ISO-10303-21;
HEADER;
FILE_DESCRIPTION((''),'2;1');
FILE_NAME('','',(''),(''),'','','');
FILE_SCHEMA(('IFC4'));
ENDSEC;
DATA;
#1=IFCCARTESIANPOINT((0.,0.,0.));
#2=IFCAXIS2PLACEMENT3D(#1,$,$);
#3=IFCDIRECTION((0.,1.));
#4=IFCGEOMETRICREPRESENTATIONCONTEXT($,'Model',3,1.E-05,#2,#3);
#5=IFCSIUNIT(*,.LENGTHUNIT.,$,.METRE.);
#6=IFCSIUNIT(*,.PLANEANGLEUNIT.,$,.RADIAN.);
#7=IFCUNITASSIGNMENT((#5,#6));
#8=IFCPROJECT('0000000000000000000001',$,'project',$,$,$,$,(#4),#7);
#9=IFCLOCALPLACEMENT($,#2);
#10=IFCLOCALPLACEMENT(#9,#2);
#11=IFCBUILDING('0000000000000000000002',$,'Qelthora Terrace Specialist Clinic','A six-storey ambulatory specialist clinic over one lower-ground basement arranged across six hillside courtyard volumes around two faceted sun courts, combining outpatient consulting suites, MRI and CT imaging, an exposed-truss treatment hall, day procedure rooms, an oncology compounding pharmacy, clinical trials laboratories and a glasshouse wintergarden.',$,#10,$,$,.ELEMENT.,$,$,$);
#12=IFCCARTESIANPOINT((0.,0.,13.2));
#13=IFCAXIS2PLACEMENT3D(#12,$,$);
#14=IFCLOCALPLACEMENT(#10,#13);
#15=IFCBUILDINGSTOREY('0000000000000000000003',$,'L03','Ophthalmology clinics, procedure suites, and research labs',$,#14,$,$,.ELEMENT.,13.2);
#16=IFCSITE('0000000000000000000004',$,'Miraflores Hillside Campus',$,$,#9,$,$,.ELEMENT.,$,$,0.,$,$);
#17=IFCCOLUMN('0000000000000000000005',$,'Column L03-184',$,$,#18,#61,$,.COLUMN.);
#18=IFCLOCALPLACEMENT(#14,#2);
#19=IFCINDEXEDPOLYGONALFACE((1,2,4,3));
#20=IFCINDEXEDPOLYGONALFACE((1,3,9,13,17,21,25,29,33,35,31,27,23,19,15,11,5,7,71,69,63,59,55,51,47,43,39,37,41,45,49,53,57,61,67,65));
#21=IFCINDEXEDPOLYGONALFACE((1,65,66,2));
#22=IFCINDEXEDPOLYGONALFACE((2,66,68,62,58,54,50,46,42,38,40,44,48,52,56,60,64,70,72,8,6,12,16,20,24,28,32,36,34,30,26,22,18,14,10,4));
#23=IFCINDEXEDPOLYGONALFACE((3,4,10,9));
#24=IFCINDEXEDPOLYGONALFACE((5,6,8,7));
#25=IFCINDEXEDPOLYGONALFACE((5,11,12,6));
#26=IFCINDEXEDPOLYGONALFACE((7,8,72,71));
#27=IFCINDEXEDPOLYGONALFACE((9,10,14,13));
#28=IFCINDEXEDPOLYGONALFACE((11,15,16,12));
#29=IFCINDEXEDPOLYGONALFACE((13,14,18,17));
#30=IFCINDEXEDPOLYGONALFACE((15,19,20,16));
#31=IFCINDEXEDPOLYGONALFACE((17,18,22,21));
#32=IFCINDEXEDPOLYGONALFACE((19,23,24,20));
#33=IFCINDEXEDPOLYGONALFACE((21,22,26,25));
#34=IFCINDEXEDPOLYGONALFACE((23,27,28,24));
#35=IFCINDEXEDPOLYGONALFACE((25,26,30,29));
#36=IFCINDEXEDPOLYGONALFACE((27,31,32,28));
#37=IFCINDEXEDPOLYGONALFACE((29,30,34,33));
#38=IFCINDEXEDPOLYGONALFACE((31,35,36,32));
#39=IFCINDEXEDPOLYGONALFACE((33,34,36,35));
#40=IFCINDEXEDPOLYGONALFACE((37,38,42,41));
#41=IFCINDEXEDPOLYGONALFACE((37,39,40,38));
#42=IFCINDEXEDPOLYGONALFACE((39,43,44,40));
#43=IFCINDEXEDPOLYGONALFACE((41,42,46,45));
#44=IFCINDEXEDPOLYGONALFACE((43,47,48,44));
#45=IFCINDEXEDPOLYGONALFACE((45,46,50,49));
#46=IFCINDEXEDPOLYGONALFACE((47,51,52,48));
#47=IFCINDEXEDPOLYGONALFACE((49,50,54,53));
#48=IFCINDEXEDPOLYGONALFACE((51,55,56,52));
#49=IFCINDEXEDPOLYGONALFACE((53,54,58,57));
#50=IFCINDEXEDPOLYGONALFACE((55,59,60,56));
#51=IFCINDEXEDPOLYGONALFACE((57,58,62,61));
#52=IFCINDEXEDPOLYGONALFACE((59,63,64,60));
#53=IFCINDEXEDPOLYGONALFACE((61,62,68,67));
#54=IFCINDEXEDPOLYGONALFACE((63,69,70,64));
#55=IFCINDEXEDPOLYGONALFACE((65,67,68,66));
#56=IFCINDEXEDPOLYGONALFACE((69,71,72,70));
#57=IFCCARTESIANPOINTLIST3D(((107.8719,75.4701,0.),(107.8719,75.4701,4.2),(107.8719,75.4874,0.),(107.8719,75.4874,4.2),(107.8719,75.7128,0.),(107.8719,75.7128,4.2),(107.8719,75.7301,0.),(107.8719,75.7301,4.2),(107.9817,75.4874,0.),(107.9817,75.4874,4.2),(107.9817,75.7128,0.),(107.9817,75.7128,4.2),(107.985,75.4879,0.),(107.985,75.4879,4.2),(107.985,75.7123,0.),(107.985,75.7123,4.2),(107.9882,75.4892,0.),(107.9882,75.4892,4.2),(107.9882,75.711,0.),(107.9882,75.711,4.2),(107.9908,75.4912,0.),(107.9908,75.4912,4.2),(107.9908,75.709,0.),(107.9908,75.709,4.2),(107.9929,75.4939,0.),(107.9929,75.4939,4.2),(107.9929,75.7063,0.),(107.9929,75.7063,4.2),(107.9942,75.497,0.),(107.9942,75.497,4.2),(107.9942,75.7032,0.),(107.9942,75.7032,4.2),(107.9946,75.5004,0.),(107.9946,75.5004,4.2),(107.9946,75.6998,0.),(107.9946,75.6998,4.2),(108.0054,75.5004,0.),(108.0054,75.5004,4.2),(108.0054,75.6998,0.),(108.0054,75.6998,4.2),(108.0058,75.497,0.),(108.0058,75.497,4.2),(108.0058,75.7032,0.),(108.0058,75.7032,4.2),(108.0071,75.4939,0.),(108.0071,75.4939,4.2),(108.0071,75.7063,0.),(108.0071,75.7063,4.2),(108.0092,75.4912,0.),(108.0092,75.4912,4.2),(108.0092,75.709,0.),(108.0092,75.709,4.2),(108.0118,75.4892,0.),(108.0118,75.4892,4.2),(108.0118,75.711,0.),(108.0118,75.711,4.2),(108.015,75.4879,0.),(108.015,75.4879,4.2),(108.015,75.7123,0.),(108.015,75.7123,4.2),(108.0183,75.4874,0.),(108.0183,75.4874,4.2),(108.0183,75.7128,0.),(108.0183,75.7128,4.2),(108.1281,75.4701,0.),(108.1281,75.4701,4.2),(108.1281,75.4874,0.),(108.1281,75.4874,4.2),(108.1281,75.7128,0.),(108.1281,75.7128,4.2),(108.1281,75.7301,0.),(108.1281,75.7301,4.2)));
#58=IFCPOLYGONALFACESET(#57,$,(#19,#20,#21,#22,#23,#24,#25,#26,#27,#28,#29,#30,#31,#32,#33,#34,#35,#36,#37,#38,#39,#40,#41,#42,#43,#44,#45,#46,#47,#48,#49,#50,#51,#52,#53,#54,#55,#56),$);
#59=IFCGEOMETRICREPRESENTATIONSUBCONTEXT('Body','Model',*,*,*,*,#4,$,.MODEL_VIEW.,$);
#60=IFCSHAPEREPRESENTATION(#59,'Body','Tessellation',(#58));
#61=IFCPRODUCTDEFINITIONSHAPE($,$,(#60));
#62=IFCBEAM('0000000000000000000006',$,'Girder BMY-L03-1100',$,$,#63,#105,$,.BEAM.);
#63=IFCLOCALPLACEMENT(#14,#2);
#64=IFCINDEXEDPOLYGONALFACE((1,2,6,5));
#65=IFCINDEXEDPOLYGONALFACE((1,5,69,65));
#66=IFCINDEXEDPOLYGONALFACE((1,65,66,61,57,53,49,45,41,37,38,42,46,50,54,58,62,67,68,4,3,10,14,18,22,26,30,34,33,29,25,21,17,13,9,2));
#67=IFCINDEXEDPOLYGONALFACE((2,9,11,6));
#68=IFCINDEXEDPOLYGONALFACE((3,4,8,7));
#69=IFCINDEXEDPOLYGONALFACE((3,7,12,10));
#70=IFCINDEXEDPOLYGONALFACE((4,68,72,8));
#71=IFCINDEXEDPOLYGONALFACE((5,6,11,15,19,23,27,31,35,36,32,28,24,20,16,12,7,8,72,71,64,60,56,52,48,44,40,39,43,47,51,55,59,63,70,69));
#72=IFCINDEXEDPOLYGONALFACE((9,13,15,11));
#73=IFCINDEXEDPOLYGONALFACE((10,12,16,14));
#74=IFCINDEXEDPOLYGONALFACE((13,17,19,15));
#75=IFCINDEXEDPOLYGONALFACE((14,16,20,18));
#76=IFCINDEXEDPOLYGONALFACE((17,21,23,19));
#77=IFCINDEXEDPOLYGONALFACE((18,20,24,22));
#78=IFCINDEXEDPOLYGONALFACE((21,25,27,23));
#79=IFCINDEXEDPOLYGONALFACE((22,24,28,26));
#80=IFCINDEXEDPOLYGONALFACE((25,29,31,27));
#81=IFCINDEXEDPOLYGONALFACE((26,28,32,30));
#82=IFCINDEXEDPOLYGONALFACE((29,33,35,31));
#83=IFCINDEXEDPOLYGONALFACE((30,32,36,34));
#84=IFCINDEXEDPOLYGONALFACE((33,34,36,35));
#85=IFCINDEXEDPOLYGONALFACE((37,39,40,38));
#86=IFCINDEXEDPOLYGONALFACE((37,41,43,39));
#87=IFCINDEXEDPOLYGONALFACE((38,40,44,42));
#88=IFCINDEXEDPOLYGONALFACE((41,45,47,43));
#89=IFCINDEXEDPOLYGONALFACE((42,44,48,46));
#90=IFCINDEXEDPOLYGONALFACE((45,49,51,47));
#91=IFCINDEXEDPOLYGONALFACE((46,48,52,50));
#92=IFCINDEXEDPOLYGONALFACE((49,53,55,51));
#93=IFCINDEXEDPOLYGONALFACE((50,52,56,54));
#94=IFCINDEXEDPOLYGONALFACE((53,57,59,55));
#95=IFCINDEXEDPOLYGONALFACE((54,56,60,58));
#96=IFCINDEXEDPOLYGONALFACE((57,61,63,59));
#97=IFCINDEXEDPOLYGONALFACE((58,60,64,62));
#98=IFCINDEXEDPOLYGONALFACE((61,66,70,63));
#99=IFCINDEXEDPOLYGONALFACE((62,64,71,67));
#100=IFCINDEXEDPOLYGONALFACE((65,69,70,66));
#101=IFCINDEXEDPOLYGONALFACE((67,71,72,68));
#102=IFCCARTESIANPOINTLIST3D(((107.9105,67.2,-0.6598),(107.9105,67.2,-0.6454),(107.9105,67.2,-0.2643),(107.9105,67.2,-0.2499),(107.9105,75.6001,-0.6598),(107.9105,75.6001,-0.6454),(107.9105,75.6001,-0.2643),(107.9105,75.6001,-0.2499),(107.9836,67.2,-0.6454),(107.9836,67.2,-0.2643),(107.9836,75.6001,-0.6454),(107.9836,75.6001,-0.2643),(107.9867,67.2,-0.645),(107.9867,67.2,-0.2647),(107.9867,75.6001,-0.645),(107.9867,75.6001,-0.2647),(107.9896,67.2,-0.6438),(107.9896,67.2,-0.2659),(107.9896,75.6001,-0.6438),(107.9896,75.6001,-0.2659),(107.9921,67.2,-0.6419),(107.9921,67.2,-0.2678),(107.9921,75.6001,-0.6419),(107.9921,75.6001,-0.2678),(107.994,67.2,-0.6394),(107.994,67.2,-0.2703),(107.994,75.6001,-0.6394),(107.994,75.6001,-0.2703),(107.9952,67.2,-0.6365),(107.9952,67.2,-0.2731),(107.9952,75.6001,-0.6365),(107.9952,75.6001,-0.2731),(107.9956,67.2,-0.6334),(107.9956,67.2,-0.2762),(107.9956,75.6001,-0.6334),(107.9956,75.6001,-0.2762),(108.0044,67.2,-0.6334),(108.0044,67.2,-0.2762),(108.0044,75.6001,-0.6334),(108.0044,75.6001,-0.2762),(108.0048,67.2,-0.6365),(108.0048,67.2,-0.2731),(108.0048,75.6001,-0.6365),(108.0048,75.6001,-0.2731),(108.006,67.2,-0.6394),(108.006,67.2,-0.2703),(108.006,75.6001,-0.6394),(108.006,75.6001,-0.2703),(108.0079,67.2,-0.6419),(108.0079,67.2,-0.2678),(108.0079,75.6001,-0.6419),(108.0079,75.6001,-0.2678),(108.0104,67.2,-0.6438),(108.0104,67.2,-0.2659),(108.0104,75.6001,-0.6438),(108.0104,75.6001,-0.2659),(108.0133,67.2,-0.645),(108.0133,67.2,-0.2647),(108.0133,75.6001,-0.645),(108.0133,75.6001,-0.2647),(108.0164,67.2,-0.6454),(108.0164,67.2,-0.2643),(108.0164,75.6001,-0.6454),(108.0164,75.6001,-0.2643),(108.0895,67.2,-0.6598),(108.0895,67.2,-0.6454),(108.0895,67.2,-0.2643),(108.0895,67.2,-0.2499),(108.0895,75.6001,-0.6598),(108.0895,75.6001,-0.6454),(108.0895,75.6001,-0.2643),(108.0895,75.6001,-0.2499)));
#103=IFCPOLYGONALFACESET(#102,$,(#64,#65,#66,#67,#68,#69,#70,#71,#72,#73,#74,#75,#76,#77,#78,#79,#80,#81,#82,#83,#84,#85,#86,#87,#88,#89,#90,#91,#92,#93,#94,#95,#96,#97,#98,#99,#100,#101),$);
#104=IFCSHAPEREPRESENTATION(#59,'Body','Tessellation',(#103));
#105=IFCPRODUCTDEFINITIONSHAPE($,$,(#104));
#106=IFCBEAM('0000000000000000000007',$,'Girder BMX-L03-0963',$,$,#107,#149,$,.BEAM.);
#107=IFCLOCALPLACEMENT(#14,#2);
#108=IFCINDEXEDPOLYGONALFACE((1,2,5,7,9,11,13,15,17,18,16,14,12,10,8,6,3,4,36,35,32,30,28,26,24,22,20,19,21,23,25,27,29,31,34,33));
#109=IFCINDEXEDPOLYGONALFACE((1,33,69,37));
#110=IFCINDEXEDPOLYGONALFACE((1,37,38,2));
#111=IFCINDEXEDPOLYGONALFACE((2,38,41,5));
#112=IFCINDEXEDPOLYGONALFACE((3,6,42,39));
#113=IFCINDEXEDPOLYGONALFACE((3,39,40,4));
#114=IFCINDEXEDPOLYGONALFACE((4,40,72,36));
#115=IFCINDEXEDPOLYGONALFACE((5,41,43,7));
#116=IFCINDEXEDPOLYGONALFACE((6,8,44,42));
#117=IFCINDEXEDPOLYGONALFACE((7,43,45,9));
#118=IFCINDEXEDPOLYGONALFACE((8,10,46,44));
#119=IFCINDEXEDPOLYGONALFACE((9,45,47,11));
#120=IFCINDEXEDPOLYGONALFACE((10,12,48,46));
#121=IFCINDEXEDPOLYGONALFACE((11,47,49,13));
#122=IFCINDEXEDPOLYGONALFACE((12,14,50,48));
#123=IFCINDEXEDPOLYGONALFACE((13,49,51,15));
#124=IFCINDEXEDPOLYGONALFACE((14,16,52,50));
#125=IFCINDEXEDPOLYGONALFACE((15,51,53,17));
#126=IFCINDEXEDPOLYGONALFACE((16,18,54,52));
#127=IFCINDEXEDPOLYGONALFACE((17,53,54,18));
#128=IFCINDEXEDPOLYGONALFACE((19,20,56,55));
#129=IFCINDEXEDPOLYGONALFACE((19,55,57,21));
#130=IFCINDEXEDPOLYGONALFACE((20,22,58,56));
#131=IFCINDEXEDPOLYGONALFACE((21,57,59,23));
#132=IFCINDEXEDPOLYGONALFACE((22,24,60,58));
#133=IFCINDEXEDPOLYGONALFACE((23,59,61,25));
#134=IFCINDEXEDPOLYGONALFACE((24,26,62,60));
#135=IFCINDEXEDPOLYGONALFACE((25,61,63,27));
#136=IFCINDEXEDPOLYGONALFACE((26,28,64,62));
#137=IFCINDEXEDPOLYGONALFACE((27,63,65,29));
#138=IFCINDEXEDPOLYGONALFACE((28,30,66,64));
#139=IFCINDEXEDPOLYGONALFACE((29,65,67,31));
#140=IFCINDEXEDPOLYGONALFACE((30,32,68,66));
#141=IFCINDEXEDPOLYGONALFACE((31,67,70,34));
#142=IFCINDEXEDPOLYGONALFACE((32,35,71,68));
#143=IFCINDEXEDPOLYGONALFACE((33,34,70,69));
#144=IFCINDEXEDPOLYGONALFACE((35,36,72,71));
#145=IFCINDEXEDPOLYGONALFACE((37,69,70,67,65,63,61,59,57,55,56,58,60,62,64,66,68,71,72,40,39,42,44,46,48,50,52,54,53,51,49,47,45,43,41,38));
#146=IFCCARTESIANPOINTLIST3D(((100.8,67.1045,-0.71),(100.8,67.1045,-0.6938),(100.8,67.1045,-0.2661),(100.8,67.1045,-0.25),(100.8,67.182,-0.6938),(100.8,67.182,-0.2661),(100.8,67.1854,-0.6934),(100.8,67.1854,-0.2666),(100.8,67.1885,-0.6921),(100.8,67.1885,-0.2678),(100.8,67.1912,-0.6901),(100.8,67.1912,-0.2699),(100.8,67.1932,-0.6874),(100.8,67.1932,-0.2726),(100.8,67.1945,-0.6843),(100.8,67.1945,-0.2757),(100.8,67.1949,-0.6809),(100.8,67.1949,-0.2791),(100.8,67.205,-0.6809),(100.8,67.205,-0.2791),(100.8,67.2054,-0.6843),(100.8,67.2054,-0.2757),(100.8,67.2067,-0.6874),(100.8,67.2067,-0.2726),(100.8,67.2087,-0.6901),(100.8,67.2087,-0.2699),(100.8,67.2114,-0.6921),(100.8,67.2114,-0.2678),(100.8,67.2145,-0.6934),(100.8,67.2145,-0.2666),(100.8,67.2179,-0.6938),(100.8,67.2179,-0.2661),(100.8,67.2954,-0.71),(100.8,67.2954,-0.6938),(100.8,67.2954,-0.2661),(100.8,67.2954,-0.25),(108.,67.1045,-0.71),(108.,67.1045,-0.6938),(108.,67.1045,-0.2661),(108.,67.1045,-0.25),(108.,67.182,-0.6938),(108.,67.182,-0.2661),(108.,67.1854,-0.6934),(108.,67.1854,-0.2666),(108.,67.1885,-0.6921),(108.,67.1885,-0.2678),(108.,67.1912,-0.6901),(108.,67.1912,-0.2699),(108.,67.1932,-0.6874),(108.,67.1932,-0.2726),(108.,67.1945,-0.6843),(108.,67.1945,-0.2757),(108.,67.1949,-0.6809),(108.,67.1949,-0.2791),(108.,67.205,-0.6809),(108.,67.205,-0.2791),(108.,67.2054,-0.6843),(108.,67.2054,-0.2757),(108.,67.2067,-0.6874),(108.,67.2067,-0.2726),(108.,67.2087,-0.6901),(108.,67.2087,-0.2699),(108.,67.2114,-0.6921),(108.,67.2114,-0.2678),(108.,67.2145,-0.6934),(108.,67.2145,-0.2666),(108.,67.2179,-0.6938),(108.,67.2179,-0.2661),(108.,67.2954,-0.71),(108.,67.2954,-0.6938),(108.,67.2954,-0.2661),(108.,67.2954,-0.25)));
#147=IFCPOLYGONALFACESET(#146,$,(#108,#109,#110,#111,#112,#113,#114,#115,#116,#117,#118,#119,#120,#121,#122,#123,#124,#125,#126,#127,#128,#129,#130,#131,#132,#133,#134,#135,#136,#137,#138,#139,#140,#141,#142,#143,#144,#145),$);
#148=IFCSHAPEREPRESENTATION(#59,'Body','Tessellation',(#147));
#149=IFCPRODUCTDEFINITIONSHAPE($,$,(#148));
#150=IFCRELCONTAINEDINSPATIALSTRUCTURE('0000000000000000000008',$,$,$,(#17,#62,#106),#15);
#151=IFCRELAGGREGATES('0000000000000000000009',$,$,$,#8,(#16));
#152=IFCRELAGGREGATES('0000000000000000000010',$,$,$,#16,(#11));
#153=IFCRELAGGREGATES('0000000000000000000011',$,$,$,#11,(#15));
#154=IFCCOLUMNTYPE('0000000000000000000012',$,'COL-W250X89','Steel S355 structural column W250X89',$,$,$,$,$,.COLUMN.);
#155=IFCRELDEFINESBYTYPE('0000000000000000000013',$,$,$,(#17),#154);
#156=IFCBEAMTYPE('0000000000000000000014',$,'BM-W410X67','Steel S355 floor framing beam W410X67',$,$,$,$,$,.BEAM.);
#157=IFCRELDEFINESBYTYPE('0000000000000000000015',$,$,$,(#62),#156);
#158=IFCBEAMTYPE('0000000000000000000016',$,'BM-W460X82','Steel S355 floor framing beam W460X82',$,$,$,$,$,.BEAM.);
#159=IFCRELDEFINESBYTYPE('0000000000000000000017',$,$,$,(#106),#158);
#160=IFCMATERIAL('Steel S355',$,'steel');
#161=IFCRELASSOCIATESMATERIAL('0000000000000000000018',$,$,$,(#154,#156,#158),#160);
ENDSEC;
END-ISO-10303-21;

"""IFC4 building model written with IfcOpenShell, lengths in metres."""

from ifc_helpers import new_model, si_unit, direction, frame, origin, origin_2d, place, context, subcontext, project, spatial, i_section, extrude, material, material_profile, profile_set, type_object, element, save


model = new_model("IFC4")

# Units and contexts
model_context = context("Model", 3, precision=1e-05, world=origin(), true_north=direction((0.0, 1.0)))
body_context = subcontext(model_context, "Body", "Model", "MODEL_VIEW")
ifc_project = project(units=[si_unit("LENGTHUNIT", "METRE"), si_unit("PLANEANGLEUNIT", "RADIAN")], contexts=[model_context])

# Site, building, storey
site_placement = place(None, origin())
site = spatial("IfcSite", under=ifc_project, at=site_placement, Name="Miraflores Hillside Campus", CompositionType="ELEMENT", RefElevation=0.0)
building_placement = place(site_placement, origin())
building = spatial("IfcBuilding", under=site, at=building_placement, Name="Qelthora Terrace Specialist Clinic", Description="A six-storey ambulatory specialist clinic over one lower-ground basement arranged across six hillside courtyard volumes around two faceted sun courts, combining outpatient consulting suites, MRI and CT imaging, an exposed-truss treatment hall, day procedure rooms, an oncology compounding pharmacy, clinical trials laboratories and a glasshouse wintergarden.", CompositionType="ELEMENT")
storey_placement = place(building_placement, frame((0.0, 0.0, 13.2)))
storey = spatial("IfcBuildingStorey", under=building, at=storey_placement, Name="L03", Description="Ophthalmology clinics, procedure suites, and research labs", CompositionType="ELEMENT", Elevation=13.2)

# Column
ifc_material_1 = material(Name="Steel S355", Category="steel")
ifc_material_profile_1 = material_profile(ifc_material_1, i_section(OverallWidth=0.2561, OverallDepth=0.26, WebThickness=0.0107, FlangeThickness=0.0173, FilletRadius=0.0129, at=origin_2d()), Name="W250X89")
ifc_profile_set_1 = profile_set([ifc_material_profile_1], Name="Steel S355")
column_type_1 = type_object("IfcColumnType", Name="COL-W250X89", Description="Steel S355 structural column W250X89", PredefinedType="COLUMN", material=ifc_profile_set_1)
column_1_placement = place(storey_placement, frame((108.0, 75.6001, 0.0), z_axis=(0.0, 0.0, 1.0), x_axis=(1.0, 0.0, 0.0)))
element("IfcColumn", 1, at=column_1_placement, inside=storey, type_object=column_type_1, Name="Column L03-184", PredefinedType="COLUMN", context=body_context, shape_type="SweptSolid", body=[
    extrude(i_section(OverallWidth=0.2561, OverallDepth=0.26, WebThickness=0.0107, FlangeThickness=0.0173, FilletRadius=0.0129, at=origin_2d()), origin(), (0.0, 0.0, 1.0), 4.2),
])

# Beams
ifc_material_profile_2 = material_profile(ifc_material_1, i_section(OverallWidth=0.179, OverallDepth=0.4099, WebThickness=0.0088, FlangeThickness=0.0144, FilletRadius=0.012, at=origin_2d()), Name="W410X67")
ifc_profile_set_2 = profile_set([ifc_material_profile_2], Name="Steel S355")
beam_type_1 = type_object("IfcBeamType", Name="BM-W410X67", Description="Steel S355 floor framing beam W410X67", PredefinedType="BEAM", material=ifc_profile_set_2)
beam_1_placement = place(storey_placement, frame((108.0, 67.2, -0.4548), z_axis=(0.0, 1.0, 0.0), x_axis=(-1.0, 0.0, 0.0)))
element("IfcBeam", 2, at=beam_1_placement, inside=storey, type_object=beam_type_1, Name="Girder BMY-L03-1100", PredefinedType="BEAM", context=body_context, shape_type="SweptSolid", body=[
    extrude(i_section(OverallWidth=0.179, OverallDepth=0.4099, WebThickness=0.0088, FlangeThickness=0.0144, FilletRadius=0.012, at=origin_2d()), origin(), (0.0, 0.0, 1.0), 8.4001),
])
ifc_material_profile_3 = material_profile(ifc_material_1, i_section(OverallWidth=0.1909, OverallDepth=0.46, WebThickness=0.01, FlangeThickness=0.0161, FilletRadius=0.0129, at=origin_2d()), Name="W460X82")
ifc_profile_set_3 = profile_set([ifc_material_profile_3], Name="Steel S355")
beam_type_2 = type_object("IfcBeamType", Name="BM-W460X82", Description="Steel S355 floor framing beam W460X82", PredefinedType="BEAM", material=ifc_profile_set_3)
beam_2_placement = place(storey_placement, frame((100.8, 67.2, -0.48), z_axis=(1.0, 0.0, 0.0), x_axis=(0.0, 1.0, 0.0)))
element("IfcBeam", 3, at=beam_2_placement, inside=storey, type_object=beam_type_2, Name="Girder BMX-L03-0963", PredefinedType="BEAM", context=body_context, shape_type="SweptSolid", body=[
    extrude(i_section(OverallWidth=0.1909, OverallDepth=0.46, WebThickness=0.01, FlangeThickness=0.0161, FilletRadius=0.0129, at=origin_2d()), origin(), (0.0, 0.0, 1.0), 7.2),
])

save(model, "model.ifc")
